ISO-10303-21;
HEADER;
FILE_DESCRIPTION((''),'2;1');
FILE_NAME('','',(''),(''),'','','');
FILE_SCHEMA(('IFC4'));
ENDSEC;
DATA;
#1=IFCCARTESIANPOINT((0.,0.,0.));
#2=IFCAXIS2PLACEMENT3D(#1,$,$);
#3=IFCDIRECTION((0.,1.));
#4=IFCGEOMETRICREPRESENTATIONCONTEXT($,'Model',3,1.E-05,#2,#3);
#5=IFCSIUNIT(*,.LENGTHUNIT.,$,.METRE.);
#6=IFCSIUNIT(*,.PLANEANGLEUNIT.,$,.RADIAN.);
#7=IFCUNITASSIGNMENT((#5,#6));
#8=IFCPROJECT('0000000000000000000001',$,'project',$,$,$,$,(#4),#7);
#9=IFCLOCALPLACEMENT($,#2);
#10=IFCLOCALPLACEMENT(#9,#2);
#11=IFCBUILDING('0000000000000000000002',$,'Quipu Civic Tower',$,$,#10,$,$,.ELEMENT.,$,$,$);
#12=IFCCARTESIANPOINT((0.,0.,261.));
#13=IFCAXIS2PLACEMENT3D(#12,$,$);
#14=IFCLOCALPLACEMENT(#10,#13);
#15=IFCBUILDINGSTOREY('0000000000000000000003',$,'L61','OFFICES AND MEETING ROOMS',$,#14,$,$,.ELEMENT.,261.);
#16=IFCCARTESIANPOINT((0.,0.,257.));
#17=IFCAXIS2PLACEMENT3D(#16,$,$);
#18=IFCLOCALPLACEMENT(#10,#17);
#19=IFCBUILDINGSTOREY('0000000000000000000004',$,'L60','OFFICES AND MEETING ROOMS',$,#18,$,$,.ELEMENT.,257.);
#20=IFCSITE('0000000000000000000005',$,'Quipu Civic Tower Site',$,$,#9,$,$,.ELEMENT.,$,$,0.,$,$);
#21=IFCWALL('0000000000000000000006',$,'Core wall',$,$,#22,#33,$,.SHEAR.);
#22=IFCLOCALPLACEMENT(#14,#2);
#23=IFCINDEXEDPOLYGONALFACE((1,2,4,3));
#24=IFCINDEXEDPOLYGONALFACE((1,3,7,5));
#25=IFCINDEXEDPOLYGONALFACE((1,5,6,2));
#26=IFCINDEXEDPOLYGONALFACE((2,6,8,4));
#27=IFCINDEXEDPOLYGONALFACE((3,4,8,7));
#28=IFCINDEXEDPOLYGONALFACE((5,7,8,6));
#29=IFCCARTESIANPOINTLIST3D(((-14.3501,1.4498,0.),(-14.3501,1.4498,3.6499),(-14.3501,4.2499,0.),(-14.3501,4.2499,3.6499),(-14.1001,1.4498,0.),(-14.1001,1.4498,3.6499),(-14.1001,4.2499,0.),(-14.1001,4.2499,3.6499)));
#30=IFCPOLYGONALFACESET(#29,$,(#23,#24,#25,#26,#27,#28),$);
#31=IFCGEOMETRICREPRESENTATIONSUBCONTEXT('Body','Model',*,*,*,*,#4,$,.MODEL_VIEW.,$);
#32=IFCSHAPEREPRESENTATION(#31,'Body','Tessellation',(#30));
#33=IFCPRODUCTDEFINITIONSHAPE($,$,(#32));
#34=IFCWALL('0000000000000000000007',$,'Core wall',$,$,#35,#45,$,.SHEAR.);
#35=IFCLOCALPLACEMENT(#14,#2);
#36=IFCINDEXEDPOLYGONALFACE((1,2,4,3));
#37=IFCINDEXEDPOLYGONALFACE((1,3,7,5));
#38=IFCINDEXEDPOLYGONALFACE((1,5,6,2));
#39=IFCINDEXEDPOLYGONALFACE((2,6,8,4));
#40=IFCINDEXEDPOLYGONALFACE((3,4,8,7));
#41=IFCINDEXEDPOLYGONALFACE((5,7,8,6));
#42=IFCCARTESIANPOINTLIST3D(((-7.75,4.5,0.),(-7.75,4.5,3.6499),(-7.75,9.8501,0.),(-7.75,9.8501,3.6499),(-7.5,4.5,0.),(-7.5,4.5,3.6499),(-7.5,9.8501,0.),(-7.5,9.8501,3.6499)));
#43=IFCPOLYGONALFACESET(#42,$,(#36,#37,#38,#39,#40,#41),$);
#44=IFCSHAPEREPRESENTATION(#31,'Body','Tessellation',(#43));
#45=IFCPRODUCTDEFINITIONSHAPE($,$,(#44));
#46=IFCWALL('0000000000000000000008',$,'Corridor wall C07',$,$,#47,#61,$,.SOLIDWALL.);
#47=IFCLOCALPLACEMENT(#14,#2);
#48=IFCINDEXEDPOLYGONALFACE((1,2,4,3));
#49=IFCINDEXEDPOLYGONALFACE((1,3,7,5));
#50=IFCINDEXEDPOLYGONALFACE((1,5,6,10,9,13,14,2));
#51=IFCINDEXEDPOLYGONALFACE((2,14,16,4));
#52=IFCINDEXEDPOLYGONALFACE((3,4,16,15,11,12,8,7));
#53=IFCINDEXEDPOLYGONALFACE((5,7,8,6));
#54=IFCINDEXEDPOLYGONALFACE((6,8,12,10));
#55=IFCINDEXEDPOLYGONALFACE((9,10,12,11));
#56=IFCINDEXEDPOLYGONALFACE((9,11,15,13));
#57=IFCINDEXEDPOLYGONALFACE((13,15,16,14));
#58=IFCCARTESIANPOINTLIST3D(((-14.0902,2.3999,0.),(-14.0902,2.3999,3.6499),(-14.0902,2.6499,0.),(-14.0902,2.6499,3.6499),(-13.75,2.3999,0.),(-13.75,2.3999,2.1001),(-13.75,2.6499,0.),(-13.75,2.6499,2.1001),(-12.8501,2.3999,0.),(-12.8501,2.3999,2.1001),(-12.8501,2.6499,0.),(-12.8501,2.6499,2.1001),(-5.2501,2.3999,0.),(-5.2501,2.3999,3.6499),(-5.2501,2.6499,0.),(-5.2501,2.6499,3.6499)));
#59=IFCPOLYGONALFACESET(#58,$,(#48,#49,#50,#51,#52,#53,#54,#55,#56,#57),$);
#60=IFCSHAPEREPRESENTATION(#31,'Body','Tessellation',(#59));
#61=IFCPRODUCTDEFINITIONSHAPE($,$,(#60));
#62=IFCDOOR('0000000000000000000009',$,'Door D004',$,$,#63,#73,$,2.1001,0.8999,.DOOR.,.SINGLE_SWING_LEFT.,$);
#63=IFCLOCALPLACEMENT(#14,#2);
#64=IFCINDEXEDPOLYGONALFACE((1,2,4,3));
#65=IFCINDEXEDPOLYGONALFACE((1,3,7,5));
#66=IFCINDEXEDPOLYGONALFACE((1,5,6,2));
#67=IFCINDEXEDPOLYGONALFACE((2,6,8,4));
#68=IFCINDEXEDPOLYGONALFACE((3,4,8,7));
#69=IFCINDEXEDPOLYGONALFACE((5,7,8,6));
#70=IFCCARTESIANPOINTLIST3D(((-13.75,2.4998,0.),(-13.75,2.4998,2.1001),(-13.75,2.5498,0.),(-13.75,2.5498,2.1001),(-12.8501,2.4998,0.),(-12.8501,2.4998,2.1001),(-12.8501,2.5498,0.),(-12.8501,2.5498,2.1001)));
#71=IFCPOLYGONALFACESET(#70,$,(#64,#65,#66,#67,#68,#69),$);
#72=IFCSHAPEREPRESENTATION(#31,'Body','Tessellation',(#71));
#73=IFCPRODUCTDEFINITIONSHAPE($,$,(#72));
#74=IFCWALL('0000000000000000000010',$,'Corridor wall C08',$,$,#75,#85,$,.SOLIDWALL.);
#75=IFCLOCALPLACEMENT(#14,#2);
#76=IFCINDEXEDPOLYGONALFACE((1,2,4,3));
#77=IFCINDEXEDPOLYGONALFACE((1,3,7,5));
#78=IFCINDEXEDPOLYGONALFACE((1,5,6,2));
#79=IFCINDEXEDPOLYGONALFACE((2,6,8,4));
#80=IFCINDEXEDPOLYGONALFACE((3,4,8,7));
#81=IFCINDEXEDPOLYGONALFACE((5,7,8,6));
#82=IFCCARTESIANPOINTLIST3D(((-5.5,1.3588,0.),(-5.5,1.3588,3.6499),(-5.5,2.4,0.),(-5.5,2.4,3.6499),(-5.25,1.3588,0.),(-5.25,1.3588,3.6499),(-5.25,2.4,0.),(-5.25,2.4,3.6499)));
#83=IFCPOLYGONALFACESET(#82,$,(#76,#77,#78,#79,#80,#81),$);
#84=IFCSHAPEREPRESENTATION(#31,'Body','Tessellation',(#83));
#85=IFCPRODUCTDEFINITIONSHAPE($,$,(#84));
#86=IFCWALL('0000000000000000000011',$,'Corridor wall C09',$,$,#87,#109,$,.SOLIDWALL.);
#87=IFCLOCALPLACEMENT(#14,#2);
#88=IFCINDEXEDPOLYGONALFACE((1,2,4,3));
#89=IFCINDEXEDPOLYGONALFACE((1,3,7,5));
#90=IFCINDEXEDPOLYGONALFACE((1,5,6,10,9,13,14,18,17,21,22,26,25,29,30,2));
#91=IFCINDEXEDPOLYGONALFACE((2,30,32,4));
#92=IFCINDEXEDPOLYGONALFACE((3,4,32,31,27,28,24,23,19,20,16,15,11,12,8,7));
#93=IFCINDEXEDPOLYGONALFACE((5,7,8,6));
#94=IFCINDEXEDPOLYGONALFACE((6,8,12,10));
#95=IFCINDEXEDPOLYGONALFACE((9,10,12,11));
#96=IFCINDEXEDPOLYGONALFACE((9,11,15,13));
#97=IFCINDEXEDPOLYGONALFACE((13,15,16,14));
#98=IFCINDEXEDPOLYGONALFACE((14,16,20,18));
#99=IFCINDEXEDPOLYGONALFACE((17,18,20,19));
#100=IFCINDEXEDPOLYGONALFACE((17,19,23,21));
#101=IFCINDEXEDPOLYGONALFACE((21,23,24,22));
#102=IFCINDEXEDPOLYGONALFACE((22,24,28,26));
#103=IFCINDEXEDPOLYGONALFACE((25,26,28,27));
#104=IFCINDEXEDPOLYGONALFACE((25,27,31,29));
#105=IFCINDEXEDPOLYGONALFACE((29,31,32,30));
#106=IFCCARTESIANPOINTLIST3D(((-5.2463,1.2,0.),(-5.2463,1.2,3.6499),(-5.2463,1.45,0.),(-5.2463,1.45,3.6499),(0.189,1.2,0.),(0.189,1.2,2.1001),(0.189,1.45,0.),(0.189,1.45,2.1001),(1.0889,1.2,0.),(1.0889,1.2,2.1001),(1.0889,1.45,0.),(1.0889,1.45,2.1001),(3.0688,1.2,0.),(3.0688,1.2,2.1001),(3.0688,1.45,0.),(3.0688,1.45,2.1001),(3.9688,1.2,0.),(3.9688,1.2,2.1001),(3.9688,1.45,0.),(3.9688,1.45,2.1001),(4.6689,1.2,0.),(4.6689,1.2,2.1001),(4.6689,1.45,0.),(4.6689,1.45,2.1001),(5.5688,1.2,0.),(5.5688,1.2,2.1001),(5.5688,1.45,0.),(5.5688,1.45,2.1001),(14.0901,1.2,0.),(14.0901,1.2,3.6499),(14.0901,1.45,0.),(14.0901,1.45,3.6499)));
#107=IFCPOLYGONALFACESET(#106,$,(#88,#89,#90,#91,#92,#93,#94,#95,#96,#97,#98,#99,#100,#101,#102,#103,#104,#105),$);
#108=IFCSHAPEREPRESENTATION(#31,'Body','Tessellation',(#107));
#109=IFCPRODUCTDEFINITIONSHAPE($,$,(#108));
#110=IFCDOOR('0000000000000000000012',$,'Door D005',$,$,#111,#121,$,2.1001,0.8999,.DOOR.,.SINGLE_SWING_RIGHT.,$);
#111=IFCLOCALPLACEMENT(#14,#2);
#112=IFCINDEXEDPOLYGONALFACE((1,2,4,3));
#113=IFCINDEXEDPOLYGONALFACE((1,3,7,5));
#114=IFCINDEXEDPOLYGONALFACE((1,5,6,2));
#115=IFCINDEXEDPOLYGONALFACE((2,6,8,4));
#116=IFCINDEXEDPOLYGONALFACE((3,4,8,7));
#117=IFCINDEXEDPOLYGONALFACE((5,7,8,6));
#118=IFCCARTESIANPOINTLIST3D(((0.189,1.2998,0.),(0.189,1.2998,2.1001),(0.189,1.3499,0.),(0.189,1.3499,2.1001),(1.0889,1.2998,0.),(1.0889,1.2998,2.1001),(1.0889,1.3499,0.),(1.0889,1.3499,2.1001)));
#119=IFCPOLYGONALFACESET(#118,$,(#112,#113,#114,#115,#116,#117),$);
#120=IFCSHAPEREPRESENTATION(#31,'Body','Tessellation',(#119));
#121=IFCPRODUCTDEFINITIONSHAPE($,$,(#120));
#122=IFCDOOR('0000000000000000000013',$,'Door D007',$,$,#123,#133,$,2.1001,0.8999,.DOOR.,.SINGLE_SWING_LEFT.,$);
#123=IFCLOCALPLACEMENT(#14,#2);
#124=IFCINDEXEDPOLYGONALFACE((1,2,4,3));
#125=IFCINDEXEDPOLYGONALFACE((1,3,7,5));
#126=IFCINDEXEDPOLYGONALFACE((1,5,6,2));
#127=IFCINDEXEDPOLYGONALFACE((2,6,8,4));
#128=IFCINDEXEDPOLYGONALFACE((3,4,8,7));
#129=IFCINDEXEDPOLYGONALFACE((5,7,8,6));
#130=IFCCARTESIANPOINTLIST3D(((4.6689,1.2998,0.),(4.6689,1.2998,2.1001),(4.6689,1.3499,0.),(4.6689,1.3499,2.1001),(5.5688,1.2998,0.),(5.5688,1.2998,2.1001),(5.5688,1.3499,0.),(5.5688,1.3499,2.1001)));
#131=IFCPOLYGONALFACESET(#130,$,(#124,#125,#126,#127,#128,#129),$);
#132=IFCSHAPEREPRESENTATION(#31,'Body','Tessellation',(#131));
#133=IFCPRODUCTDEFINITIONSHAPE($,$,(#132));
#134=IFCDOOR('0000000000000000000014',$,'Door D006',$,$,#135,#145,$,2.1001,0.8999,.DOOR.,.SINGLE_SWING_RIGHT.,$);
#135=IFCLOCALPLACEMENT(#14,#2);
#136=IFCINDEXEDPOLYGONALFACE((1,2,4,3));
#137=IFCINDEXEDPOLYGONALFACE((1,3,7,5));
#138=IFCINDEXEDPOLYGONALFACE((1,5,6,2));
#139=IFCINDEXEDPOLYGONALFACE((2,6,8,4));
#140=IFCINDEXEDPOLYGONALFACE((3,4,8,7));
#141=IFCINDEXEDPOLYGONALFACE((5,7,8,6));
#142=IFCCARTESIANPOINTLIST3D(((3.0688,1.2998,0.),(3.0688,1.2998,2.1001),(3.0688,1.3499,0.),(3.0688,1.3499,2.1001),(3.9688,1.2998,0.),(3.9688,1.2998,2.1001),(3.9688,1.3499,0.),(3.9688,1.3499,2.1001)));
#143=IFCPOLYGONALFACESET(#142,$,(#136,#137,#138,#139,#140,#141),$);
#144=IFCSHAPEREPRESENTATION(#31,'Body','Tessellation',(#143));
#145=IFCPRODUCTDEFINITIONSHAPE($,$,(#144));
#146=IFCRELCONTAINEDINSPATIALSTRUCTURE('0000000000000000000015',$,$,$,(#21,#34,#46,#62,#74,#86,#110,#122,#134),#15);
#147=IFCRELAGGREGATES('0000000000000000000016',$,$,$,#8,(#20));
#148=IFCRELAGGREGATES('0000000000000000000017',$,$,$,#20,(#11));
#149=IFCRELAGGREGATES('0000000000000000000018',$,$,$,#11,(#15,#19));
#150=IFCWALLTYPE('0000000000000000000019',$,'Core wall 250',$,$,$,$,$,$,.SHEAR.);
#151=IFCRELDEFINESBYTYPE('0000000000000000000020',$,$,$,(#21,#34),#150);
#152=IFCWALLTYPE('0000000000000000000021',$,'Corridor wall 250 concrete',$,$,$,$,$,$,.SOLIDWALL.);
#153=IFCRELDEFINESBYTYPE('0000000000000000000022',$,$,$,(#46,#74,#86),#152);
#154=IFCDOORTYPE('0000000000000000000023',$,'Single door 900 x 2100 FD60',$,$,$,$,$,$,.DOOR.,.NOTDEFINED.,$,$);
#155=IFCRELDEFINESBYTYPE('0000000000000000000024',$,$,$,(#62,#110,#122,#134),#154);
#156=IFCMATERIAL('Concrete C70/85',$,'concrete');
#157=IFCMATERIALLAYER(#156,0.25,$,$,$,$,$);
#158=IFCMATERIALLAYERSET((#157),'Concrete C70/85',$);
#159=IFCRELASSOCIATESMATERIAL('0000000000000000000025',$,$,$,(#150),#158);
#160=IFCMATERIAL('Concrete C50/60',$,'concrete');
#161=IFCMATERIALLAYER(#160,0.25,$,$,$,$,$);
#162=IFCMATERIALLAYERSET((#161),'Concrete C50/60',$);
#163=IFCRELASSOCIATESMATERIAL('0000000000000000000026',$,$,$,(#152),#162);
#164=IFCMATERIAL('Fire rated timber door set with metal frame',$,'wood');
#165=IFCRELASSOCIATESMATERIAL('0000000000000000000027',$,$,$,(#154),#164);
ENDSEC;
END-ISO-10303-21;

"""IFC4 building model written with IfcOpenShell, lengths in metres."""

from ifc_helpers import new_model, si_unit, direction, frame, frame_2d, origin, place, context, subcontext, project, spatial, rectangle, extrude, material, layer, layer_set, type_object, element, fill, save


model = new_model("IFC4")

# Units and contexts
model_context = context("Model", 3, precision=1e-05, world=origin(), true_north=direction((0.0, 1.0)))
body_context = subcontext(model_context, "Body", "Model", "MODEL_VIEW")
ifc_project = project(units=[si_unit("LENGTHUNIT", "METRE"), si_unit("PLANEANGLEUNIT", "RADIAN")], contexts=[model_context])

# Site, building, storey
site_placement = place(None, origin())
site = spatial("IfcSite", under=ifc_project, at=site_placement, Name="Quipu Civic Tower Site", CompositionType="ELEMENT", RefElevation=0.0)
building_placement = place(site_placement, origin())
building = spatial("IfcBuilding", under=site, at=building_placement, Name="Quipu Civic Tower", CompositionType="ELEMENT")
storey_1_placement = place(building_placement, frame((0.0, 0.0, 261.0)))
storey_1 = spatial("IfcBuildingStorey", under=building, at=storey_1_placement, Name="L61", Description="OFFICES AND MEETING ROOMS", CompositionType="ELEMENT", Elevation=261.0)

# Shared definitions
storey_2_placement = place(building_placement, frame((0.0, 0.0, 257.0)))
storey_2 = spatial("IfcBuildingStorey", under=building, at=storey_2_placement, Name="L60", Description="OFFICES AND MEETING ROOMS", CompositionType="ELEMENT", Elevation=257.0)

# Walls
ifc_material_1 = material(Name="Concrete C70/85", Category="concrete")
ifc_layer_1 = layer(ifc_material_1, 0.25)
ifc_layer_set_1 = layer_set([ifc_layer_1], Name="Concrete C70/85")
wall_type_1 = type_object("IfcWallType", Name="Core wall 250", PredefinedType="SHEAR", material=ifc_layer_set_1)
wall_1_placement = place(storey_1_placement, frame((-14.2251, 1.45, 0.0), z_axis=(0.0, 0.0, 1.0), x_axis=(0.0, 1.0, 0.0)))
element("IfcWall", 1, at=wall_1_placement, inside=storey_1, type_object=wall_type_1, Name="Core wall", PredefinedType="SHEAR", context=body_context, shape_type="SweptSolid", body=[
    extrude(rectangle(XDim=2.8, YDim=0.25, at=frame_2d((1.3999, 0.0))), origin(), (0.0, 0.0, 1.0), 3.6499),
])
wall_2_placement = place(storey_1_placement, frame((-7.625, 4.5, 0.0), z_axis=(0.0, 0.0, 1.0), x_axis=(0.0, 1.0, 0.0)))
element("IfcWall", 2, at=wall_2_placement, inside=storey_1, type_object=wall_type_1, Name="Core wall", PredefinedType="SHEAR", context=body_context, shape_type="SweptSolid", body=[
    extrude(rectangle(XDim=5.3501, YDim=0.25, at=frame_2d((2.675, 0.0))), origin(), (0.0, 0.0, 1.0), 3.6499),
])

# Wall, opening, door
ifc_material_2 = material(Name="Concrete C50/60", Category="concrete")
ifc_layer_2 = layer(ifc_material_2, 0.25)
ifc_layer_set_2 = layer_set([ifc_layer_2], Name="Concrete C50/60")
wall_type_2 = type_object("IfcWallType", Name="Corridor wall 250 concrete", PredefinedType="SOLIDWALL", material=ifc_layer_set_2)
wall_3_placement = place(storey_1_placement, frame((-14.0901, 2.5249, 0.0), z_axis=(0.0, 0.0, 1.0), x_axis=(1.0, 0.0, 0.0)))
wall_3 = element("IfcWall", 3, at=wall_3_placement, inside=storey_1, type_object=wall_type_2, Name="Corridor wall C07", PredefinedType="SOLIDWALL", context=body_context, shape_type="SweptSolid", body=[
    extrude(rectangle(XDim=8.8401, YDim=0.25, at=frame_2d((4.4199, 0.0))), origin(), (0.0, 0.0, 1.0), 3.6499),
])
opening_1_placement = place(wall_3_placement, frame((0.3401, 0.0, 0.0)))
opening_1 = element("IfcOpeningElement", 4, at=opening_1_placement, cuts=wall_3, PredefinedType="OPENING", context=body_context, shape_type="SweptSolid", body=[
    extrude(rectangle(XDim=0.8999, YDim=2.1001, at=frame_2d((0.45, 1.05))), frame((0.0, 0.135, 0.0), z_axis=(0.0, -1.0, 0.0), x_axis=(1.0, 0.0, 0.0)), (0.0, 0.0, 1.0), 0.27),
])
ifc_material_3 = material(Name="Fire rated timber door set with metal frame", Category="wood")
door_type = type_object("IfcDoorType", Name="Single door 900 x 2100 FD60", OperationType="NOTDEFINED", PredefinedType="DOOR", material=ifc_material_3)
door_1_placement = place(opening_1_placement, origin())
door_1 = element("IfcDoor", 5, at=door_1_placement, inside=storey_1, type_object=door_type, Name="Door D004", OperationType="SINGLE_SWING_LEFT", OverallHeight=2.1001, OverallWidth=0.8999, PredefinedType="DOOR", context=body_context, shape_type="SweptSolid", body=[
    extrude(rectangle(XDim=0.8999, YDim=2.1001, at=frame_2d((0.45, 1.05))), frame((0.0, 0.0249, 0.0), z_axis=(0.0, -1.0, 0.0), x_axis=(1.0, 0.0, 0.0)), (0.0, 0.0, 1.0), 0.05),
])
fill(opening_1, door_1)

# Wall
wall_4_placement = place(storey_1_placement, frame((-5.375, 2.3999, 0.0), z_axis=(0.0, 0.0, 1.0), x_axis=(0.0, -1.0, 0.0)))
element("IfcWall", 6, at=wall_4_placement, inside=storey_1, type_object=wall_type_2, Name="Corridor wall C08", PredefinedType="SOLIDWALL", context=body_context, shape_type="SweptSolid", body=[
    extrude(rectangle(XDim=1.0413, YDim=0.25, at=frame_2d((0.5205, 0.0))), origin(), (0.0, 0.0, 1.0), 3.6499),
])

# Wall, openings, doors
wall_5_placement = place(storey_1_placement, frame((-5.2463, 1.325, 0.0), z_axis=(0.0, 0.0, 1.0), x_axis=(1.0, 0.0, 0.0)))
wall_5 = element("IfcWall", 7, at=wall_5_placement, inside=storey_1, type_object=wall_type_2, Name="Corridor wall C09", PredefinedType="SOLIDWALL", context=body_context, shape_type="SweptSolid", body=[
    extrude(rectangle(XDim=19.3364, YDim=0.25, at=frame_2d((9.6682, 0.0))), origin(), (0.0, 0.0, 1.0), 3.6499),
])
opening_2_placement = place(wall_5_placement, frame((5.4353, 0.0, 0.0)))
opening_2 = element("IfcOpeningElement", 8, at=opening_2_placement, cuts=wall_5, PredefinedType="OPENING", context=body_context, shape_type="SweptSolid", body=[
    extrude(rectangle(XDim=0.8999, YDim=2.1001, at=frame_2d((0.45, 1.05))), frame((0.0, 0.135, 0.0), z_axis=(0.0, -1.0, 0.0), x_axis=(1.0, 0.0, 0.0)), (0.0, 0.0, 1.0), 0.27),
])
opening_3_placement = place(wall_5_placement, frame((9.9153, 0.0, 0.0)))
opening_3 = element("IfcOpeningElement", 9, at=opening_3_placement, cuts=wall_5, PredefinedType="OPENING", context=body_context, shape_type="SweptSolid", body=[
    extrude(rectangle(XDim=0.8999, YDim=2.1001, at=frame_2d((0.45, 1.05))), frame((0.0, 0.135, 0.0), z_axis=(0.0, -1.0, 0.0), x_axis=(1.0, 0.0, 0.0)), (0.0, 0.0, 1.0), 0.27),
])
opening_4_placement = place(wall_5_placement, frame((8.3152, 0.0, 0.0)))
opening_4 = element("IfcOpeningElement", 10, at=opening_4_placement, cuts=wall_5, PredefinedType="OPENING", context=body_context, shape_type="SweptSolid", body=[
    extrude(rectangle(XDim=0.8999, YDim=2.1001, at=frame_2d((0.45, 1.05))), frame((0.0, 0.135, 0.0), z_axis=(0.0, -1.0, 0.0), x_axis=(1.0, 0.0, 0.0)), (0.0, 0.0, 1.0), 0.27),
])
door_2_placement = place(opening_2_placement, origin())
door_2 = element("IfcDoor", 11, at=door_2_placement, inside=storey_1, type_object=door_type, Name="Door D005", OperationType="SINGLE_SWING_RIGHT", OverallHeight=2.1001, OverallWidth=0.8999, PredefinedType="DOOR", context=body_context, shape_type="SweptSolid", body=[
    extrude(rectangle(XDim=0.8999, YDim=2.1001, at=frame_2d((0.45, 1.05))), frame((0.0, 0.0249, 0.0), z_axis=(0.0, -1.0, 0.0), x_axis=(1.0, 0.0, 0.0)), (0.0, 0.0, 1.0), 0.05),
])
fill(opening_2, door_2)
door_3_placement = place(opening_3_placement, origin())
door_3 = element("IfcDoor", 12, at=door_3_placement, inside=storey_1, type_object=door_type, Name="Door D007", OperationType="SINGLE_SWING_LEFT", OverallHeight=2.1001, OverallWidth=0.8999, PredefinedType="DOOR", context=body_context, shape_type="SweptSolid", body=[
    extrude(rectangle(XDim=0.8999, YDim=2.1001, at=frame_2d((0.45, 1.05))), frame((0.0, 0.0249, 0.0), z_axis=(0.0, -1.0, 0.0), x_axis=(1.0, 0.0, 0.0)), (0.0, 0.0, 1.0), 0.05),
])
fill(opening_3, door_3)
door_4_placement = place(opening_4_placement, origin())
door_4 = element("IfcDoor", 13, at=door_4_placement, inside=storey_1, type_object=door_type, Name="Door D006", OperationType="SINGLE_SWING_RIGHT", OverallHeight=2.1001, OverallWidth=0.8999, PredefinedType="DOOR", context=body_context, shape_type="SweptSolid", body=[
    extrude(rectangle(XDim=0.8999, YDim=2.1001, at=frame_2d((0.45, 1.05))), frame((0.0, 0.0249, 0.0), z_axis=(0.0, -1.0, 0.0), x_axis=(1.0, 0.0, 0.0)), (0.0, 0.0, 1.0), 0.05),
])
fill(opening_4, door_4)

save(model, "model.ifc")
